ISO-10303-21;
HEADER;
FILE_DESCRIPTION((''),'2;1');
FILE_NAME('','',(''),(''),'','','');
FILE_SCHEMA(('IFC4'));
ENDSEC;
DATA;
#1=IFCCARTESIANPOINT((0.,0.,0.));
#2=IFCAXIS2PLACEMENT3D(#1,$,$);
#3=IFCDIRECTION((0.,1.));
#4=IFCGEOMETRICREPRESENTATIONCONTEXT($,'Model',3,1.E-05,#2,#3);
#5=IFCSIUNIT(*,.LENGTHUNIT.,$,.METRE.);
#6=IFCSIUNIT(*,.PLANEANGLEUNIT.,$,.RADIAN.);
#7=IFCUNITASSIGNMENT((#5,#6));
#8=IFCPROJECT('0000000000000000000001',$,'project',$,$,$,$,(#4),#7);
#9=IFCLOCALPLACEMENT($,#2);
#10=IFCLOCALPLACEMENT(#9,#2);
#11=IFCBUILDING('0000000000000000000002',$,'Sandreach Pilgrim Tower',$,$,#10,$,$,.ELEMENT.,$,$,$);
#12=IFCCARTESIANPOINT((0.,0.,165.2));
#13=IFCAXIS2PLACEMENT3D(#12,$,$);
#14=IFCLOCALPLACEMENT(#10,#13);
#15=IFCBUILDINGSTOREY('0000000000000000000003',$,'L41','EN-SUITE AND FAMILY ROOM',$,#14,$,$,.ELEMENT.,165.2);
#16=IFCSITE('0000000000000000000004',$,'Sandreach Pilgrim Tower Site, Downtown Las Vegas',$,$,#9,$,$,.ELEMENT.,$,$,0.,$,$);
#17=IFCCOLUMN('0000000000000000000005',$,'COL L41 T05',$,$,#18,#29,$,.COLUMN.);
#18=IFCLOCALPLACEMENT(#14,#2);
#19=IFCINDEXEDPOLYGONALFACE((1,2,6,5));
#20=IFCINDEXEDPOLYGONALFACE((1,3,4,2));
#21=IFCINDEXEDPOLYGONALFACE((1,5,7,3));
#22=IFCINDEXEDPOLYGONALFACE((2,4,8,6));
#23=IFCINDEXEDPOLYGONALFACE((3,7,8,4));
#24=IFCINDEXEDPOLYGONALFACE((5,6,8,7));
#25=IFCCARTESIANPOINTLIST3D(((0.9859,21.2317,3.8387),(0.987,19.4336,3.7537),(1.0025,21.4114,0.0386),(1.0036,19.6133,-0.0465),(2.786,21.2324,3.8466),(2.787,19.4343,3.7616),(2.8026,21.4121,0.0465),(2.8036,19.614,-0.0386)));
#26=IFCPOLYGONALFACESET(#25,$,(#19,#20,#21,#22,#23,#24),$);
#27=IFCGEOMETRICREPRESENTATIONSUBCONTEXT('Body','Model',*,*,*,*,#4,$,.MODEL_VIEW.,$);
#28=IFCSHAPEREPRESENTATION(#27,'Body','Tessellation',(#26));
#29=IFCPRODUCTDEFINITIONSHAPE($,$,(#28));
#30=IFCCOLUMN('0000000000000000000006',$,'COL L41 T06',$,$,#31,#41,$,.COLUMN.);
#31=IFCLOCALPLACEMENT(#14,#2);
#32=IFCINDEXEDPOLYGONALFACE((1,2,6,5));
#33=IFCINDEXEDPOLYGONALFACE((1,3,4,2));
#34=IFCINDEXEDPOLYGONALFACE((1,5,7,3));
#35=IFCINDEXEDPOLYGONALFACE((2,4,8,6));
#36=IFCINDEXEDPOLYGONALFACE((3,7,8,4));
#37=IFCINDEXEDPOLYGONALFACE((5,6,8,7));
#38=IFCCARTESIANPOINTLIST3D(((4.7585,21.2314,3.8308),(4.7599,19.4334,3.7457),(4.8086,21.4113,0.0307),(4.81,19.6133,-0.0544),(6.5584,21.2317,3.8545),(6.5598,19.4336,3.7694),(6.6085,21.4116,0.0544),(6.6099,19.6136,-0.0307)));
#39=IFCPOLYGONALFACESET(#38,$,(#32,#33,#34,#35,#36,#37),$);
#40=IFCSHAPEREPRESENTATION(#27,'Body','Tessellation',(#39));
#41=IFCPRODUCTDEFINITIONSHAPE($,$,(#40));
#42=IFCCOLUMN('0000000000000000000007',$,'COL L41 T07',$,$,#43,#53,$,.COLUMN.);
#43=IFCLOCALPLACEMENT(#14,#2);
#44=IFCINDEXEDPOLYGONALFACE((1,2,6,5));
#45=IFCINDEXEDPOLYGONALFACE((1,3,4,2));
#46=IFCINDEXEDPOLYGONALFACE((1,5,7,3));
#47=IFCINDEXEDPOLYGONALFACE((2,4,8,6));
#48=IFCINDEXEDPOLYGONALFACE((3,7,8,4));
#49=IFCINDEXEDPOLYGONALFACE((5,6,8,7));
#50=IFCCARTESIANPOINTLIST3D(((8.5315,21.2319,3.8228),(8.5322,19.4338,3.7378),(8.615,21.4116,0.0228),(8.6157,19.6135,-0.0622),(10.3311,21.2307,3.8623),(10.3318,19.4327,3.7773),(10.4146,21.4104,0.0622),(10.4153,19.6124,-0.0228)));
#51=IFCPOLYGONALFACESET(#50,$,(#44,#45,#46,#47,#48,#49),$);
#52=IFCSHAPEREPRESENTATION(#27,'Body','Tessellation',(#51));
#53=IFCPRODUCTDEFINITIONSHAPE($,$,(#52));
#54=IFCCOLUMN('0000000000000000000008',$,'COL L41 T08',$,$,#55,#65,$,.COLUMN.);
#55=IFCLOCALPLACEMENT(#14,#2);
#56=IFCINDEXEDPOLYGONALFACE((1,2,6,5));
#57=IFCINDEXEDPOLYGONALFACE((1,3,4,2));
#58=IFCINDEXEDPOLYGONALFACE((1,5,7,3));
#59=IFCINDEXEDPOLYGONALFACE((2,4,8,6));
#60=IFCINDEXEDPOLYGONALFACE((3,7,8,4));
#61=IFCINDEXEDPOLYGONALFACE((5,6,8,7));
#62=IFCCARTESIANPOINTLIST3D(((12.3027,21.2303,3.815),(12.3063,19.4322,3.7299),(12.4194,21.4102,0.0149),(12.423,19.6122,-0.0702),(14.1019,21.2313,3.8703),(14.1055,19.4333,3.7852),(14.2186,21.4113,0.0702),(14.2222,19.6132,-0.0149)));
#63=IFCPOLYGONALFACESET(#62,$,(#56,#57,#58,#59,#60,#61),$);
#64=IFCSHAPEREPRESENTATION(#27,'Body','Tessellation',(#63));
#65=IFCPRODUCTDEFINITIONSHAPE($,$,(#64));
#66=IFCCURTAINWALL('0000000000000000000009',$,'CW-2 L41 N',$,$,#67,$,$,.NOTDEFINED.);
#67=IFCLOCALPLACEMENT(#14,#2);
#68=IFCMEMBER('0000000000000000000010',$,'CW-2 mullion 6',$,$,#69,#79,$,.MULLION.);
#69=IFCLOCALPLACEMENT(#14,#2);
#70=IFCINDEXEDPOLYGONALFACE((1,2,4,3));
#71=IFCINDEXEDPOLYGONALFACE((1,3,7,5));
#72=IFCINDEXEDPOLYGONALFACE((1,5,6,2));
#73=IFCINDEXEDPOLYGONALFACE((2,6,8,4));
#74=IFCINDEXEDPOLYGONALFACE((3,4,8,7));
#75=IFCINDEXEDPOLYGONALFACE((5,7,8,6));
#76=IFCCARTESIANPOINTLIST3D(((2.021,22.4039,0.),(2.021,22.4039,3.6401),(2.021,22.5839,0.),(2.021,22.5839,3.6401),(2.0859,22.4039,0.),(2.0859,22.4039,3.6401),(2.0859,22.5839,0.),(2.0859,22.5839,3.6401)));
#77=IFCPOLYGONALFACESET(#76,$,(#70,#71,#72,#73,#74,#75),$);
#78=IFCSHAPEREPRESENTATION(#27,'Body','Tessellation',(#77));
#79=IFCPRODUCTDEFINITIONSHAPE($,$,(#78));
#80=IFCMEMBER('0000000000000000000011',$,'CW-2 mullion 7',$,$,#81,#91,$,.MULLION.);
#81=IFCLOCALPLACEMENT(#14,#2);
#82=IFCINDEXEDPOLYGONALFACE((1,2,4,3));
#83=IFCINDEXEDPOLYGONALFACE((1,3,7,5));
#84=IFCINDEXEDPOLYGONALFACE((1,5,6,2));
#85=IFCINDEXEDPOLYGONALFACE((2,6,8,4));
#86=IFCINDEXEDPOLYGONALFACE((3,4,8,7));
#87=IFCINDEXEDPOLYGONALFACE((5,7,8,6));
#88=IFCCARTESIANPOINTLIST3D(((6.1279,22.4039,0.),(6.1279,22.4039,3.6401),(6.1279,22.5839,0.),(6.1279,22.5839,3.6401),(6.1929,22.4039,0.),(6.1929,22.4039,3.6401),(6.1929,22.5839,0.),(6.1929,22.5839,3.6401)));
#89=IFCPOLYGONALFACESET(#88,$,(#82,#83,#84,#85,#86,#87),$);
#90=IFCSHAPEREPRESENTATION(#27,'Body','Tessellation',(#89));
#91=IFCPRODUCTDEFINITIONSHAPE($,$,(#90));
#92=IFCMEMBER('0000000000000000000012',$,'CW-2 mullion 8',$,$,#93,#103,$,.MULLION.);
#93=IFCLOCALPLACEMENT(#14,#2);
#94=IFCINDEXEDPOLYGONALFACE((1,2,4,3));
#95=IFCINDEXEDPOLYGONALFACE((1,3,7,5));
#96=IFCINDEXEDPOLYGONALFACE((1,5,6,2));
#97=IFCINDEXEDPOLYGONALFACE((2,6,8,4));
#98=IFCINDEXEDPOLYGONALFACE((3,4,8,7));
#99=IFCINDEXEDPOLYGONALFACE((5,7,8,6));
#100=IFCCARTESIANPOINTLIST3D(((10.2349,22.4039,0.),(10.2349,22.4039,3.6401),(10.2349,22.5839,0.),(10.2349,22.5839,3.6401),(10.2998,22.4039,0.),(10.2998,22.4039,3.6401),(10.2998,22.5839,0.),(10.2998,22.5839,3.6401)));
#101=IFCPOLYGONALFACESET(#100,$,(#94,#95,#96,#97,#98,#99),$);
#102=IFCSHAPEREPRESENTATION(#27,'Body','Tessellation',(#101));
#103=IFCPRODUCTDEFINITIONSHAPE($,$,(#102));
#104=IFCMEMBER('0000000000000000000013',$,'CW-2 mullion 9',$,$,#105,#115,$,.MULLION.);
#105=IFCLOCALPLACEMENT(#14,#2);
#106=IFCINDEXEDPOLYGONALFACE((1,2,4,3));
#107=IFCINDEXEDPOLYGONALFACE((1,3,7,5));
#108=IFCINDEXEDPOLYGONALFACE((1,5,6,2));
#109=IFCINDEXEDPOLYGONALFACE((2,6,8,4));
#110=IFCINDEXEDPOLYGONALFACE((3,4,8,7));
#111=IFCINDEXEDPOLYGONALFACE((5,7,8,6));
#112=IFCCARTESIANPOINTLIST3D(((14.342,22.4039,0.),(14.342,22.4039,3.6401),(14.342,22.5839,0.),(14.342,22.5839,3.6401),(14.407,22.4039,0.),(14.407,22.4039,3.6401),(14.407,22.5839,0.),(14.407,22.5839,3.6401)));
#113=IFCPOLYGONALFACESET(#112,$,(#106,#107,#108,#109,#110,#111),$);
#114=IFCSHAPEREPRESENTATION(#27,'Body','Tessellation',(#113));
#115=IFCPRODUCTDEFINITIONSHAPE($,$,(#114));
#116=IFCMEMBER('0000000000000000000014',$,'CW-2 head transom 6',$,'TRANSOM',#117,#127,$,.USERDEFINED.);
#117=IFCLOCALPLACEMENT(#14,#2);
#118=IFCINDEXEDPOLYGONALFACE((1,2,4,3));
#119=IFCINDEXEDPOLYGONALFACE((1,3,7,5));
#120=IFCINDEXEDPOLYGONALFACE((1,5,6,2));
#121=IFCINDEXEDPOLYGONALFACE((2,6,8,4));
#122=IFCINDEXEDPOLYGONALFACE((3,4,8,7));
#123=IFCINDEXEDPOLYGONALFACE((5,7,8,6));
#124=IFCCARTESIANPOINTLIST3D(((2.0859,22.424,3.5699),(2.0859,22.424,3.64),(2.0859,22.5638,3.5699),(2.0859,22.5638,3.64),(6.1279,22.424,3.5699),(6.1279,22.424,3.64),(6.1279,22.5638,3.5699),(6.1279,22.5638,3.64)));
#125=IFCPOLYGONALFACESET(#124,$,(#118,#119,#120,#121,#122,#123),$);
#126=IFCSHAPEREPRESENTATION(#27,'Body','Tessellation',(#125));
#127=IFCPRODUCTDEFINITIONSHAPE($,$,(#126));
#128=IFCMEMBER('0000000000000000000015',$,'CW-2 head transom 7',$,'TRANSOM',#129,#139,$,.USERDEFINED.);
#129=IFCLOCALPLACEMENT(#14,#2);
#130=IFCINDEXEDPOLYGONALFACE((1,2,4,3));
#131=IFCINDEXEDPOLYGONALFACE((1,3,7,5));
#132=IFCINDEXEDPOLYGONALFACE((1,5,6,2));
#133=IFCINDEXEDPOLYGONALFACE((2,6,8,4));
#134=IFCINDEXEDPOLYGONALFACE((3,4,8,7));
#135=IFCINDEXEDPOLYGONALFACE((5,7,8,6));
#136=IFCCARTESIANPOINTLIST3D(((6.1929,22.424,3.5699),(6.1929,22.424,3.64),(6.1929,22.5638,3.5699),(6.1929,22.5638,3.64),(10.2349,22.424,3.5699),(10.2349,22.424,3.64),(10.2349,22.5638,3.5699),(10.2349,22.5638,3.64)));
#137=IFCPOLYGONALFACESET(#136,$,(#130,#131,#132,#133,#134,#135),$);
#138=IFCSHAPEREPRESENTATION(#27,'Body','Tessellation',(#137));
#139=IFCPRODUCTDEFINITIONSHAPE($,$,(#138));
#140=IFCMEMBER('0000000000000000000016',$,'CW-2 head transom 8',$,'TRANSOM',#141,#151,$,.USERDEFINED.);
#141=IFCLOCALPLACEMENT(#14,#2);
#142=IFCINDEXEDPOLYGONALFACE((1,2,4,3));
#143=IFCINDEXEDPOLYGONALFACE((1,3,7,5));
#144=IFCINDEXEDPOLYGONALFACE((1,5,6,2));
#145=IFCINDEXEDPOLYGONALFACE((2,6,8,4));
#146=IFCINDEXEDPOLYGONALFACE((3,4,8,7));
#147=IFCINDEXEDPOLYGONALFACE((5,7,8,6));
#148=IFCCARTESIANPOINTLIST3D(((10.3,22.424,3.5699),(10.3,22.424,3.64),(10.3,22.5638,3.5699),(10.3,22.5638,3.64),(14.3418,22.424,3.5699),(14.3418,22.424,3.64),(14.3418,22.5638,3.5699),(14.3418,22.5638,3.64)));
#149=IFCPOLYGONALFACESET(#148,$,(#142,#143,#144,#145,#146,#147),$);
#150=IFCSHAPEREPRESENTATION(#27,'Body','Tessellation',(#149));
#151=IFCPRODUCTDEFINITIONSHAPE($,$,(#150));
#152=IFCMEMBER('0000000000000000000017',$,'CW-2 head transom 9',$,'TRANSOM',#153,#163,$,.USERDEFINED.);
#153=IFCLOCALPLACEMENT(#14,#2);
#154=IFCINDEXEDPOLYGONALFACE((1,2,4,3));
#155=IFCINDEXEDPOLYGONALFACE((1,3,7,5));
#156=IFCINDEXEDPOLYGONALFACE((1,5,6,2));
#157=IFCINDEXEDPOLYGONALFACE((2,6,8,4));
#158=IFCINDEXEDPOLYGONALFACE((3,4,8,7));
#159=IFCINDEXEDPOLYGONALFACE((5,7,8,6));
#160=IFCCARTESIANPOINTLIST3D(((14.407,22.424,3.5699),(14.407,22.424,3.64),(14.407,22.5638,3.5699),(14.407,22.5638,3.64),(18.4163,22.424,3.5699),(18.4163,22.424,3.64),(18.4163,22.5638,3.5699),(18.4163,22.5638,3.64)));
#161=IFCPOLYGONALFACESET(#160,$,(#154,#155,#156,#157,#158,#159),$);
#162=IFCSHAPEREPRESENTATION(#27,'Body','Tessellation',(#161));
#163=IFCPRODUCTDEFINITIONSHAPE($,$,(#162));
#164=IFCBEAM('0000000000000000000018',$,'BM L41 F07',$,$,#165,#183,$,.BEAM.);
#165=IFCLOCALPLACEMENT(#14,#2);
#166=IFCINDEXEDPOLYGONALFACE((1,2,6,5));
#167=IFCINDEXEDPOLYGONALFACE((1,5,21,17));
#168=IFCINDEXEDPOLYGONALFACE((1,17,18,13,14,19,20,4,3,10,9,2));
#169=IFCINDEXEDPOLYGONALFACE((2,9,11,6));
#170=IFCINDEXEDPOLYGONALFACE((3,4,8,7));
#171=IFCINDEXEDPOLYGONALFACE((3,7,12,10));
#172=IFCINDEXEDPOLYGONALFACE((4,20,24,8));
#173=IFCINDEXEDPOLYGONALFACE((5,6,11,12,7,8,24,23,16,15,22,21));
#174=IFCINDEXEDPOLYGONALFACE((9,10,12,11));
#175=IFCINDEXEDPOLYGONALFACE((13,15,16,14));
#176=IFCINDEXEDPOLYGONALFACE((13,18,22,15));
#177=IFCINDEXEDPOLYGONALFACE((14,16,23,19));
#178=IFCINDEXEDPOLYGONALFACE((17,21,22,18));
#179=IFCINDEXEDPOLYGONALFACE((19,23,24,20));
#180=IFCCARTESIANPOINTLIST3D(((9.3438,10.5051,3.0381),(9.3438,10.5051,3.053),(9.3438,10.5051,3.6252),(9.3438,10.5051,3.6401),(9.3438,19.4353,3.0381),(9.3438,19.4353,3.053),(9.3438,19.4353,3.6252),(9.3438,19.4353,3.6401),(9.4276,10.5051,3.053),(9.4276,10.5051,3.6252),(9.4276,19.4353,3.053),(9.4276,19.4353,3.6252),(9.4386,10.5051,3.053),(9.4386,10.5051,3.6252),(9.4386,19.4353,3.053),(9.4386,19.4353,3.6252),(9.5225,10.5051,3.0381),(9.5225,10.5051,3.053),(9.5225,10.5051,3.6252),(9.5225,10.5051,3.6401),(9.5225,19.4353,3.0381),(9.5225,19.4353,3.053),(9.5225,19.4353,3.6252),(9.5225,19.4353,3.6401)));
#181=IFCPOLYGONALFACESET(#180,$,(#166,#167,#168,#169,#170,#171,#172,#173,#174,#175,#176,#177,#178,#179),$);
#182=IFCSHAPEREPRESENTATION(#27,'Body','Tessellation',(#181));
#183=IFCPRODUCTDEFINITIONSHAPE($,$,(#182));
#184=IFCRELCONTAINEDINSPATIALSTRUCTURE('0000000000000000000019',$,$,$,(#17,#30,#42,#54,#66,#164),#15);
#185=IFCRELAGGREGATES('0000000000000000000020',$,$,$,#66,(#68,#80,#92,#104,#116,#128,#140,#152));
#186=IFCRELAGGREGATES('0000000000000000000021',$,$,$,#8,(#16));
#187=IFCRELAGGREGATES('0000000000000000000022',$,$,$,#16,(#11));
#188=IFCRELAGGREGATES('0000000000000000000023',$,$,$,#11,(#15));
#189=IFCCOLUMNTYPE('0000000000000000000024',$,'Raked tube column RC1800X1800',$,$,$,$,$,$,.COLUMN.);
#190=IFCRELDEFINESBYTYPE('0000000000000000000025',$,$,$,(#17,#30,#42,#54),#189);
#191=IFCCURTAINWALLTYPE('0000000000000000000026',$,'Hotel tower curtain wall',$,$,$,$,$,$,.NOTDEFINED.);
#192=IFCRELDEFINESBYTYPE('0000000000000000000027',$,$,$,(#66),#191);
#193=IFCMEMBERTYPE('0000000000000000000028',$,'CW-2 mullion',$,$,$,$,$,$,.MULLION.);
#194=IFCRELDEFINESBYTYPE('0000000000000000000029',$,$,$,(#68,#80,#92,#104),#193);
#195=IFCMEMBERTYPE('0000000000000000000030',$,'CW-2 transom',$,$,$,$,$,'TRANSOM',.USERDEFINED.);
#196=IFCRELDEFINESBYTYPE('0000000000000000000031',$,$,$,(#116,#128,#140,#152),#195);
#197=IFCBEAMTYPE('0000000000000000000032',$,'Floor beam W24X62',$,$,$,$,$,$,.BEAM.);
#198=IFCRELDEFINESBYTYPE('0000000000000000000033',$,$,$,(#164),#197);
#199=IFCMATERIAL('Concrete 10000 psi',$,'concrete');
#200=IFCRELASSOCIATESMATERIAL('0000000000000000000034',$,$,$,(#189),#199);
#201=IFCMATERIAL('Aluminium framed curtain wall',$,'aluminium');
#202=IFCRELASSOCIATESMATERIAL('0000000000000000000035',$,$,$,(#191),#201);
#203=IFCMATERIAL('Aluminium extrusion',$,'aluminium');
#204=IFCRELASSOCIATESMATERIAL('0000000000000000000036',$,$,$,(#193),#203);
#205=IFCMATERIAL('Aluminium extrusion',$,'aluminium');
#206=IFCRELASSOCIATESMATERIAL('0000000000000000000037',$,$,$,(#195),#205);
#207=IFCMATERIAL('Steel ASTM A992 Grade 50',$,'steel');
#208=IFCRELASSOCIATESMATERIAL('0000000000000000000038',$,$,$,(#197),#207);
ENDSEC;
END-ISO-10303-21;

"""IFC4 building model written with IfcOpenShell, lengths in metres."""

from ifc_helpers import new_model, si_unit, direction, frame, origin, origin_2d, place, context, subcontext, project, spatial, rectangle, i_section, extrude, material, material_profile, profile_set, type_object, element, aggregate, save


model = new_model("IFC4")

# Units and contexts
model_context = context("Model", 3, precision=1e-05, world=origin(), true_north=direction((0.0, 1.0)))
body_context = subcontext(model_context, "Body", "Model", "MODEL_VIEW")
ifc_project = project(units=[si_unit("LENGTHUNIT", "METRE"), si_unit("PLANEANGLEUNIT", "RADIAN")], contexts=[model_context])

# Site, building, storey
site_placement = place(None, origin())
site = spatial("IfcSite", under=ifc_project, at=site_placement, Name="Sandreach Pilgrim Tower Site, Downtown Las Vegas", CompositionType="ELEMENT", RefElevation=0.0)
building_placement = place(site_placement, origin())
building = spatial("IfcBuilding", under=site, at=building_placement, Name="Sandreach Pilgrim Tower", CompositionType="ELEMENT")
storey_placement = place(building_placement, frame((0.0, 0.0, 165.2)))
storey = spatial("IfcBuildingStorey", under=building, at=storey_placement, Name="L41", Description="EN-SUITE AND FAMILY ROOM", CompositionType="ELEMENT", Elevation=165.2)

# Columns
ifc_material_1 = material(Name="Concrete 10000 psi", Category="concrete")
ifc_material_profile_1 = material_profile(ifc_material_1, rectangle(XDim=1.8, YDim=1.8, at=origin_2d()), Name="RC1800X1800")
ifc_profile_set_1 = profile_set([ifc_material_profile_1], Name="Concrete 10000 psi")
column_type = type_object("IfcColumnType", Name="Raked tube column RC1800X1800", PredefinedType="COLUMN", material=ifc_profile_set_1)
column_1_placement = place(storey_placement, frame((1.9031, 20.5127, 0.0), z_axis=(-0.004364, -0.047232, 0.998874), x_axis=(-0.000588, 0.998884, 0.04723)))
element("IfcColumn", 1, at=column_1_placement, inside=storey, type_object=column_type, Name="COL L41 T05", PredefinedType="COLUMN", context=body_context, shape_type="SweptSolid", body=[
    extrude(rectangle(XDim=1.8, YDim=1.8, at=origin_2d()), origin(), (0.0, 0.0, 1.0), 3.8044),
])
column_2_placement = place(storey_placement, frame((5.7092, 20.5125, 0.0), z_axis=(-0.013155, -0.047293, 0.998794), x_axis=(-0.000782, 0.998881, 0.047287)))
element("IfcColumn", 2, at=column_2_placement, inside=storey, type_object=column_type, Name="COL L41 T06", PredefinedType="COLUMN", context=body_context, shape_type="SweptSolid", body=[
    extrude(rectangle(XDim=1.8, YDim=1.8, at=origin_2d()), origin(), (0.0, 0.0, 1.0), 3.8047),
])
column_3_placement = place(storey_placement, frame((9.5151, 20.512, 0.0), z_axis=(-0.021943, -0.047221, 0.998643), x_axis=(-0.000382, 0.998884, 0.047224)))
element("IfcColumn", 3, at=column_3_placement, inside=storey, type_object=column_type, Name="COL L41 T07", PredefinedType="COLUMN", context=body_context, shape_type="SweptSolid", body=[
    extrude(rectangle(XDim=1.8, YDim=1.8, at=origin_2d()), origin(), (0.0, 0.0, 1.0), 3.8052),
])
column_4_placement = place(storey_placement, frame((13.3208, 20.5117, 0.0), z_axis=(-0.030661, -0.047275, 0.998411), x_axis=(-0.002051, 0.998882, 0.047234)))
element("IfcColumn", 4, at=column_4_placement, inside=storey, type_object=column_type, Name="COL L41 T08", PredefinedType="COLUMN", context=body_context, shape_type="SweptSolid", body=[
    extrude(rectangle(XDim=1.8, YDim=1.8, at=origin_2d()), origin(), (0.0, 0.0, 1.0), 3.8062),
])

# Curtain wall, members
ifc_material_2 = material(Name="Aluminium framed curtain wall", Category="aluminium")
curtain_wall_type = type_object("IfcCurtainWallType", Name="Hotel tower curtain wall", PredefinedType="NOTDEFINED", material=ifc_material_2)
curtain_wall_placement = place(storey_placement, origin())
curtain_wall = element("IfcCurtainWall", 5, at=curtain_wall_placement, inside=storey, type_object=curtain_wall_type, Name="CW-2 L41 N", PredefinedType="NOTDEFINED")
ifc_material_3 = material(Name="Aluminium extrusion", Category="aluminium")
ifc_material_profile_2 = material_profile(ifc_material_3, rectangle(XDim=0.0649, YDim=0.1799, at=origin_2d()), Name="CW-2M 65X180")
ifc_profile_set_2 = profile_set([ifc_material_profile_2], Name="Aluminium extrusion")
member_type_1 = type_object("IfcMemberType", Name="CW-2 mullion", PredefinedType="MULLION", material=ifc_profile_set_2)
member_1_placement = place(storey_placement, frame((2.0535, 22.4939, 0.0), z_axis=(0.0, 0.0, 1.0), x_axis=(1.0, 0.0, 0.0)))
member_1 = element("IfcMember", 6, at=member_1_placement, type_object=member_type_1, Name="CW-2 mullion 6", PredefinedType="MULLION", context=body_context, shape_type="SweptSolid", body=[
    extrude(rectangle(XDim=0.0649, YDim=0.1799, at=origin_2d()), origin(), (0.0, 0.0, 1.0), 3.6401),
])
member_2_placement = place(storey_placement, frame((6.1604, 22.4939, 0.0), z_axis=(0.0, 0.0, 1.0), x_axis=(1.0, 0.0, 0.0)))
member_2 = element("IfcMember", 7, at=member_2_placement, type_object=member_type_1, Name="CW-2 mullion 7", PredefinedType="MULLION", context=body_context, shape_type="SweptSolid", body=[
    extrude(rectangle(XDim=0.0649, YDim=0.1799, at=origin_2d()), origin(), (0.0, 0.0, 1.0), 3.6401),
])
member_3_placement = place(storey_placement, frame((10.2673, 22.4939, 0.0), z_axis=(0.0, 0.0, 1.0), x_axis=(1.0, 0.0, 0.0)))
member_3 = element("IfcMember", 8, at=member_3_placement, type_object=member_type_1, Name="CW-2 mullion 8", PredefinedType="MULLION", context=body_context, shape_type="SweptSolid", body=[
    extrude(rectangle(XDim=0.0649, YDim=0.1799, at=origin_2d()), origin(), (0.0, 0.0, 1.0), 3.6401),
])
member_4_placement = place(storey_placement, frame((14.3745, 22.4939, 0.0), z_axis=(0.0, 0.0, 1.0), x_axis=(1.0, 0.0, 0.0)))
member_4 = element("IfcMember", 9, at=member_4_placement, type_object=member_type_1, Name="CW-2 mullion 9", PredefinedType="MULLION", context=body_context, shape_type="SweptSolid", body=[
    extrude(rectangle(XDim=0.0649, YDim=0.1799, at=origin_2d()), origin(), (0.0, 0.0, 1.0), 3.6401),
])
ifc_material_4 = material(Name="Aluminium extrusion", Category="aluminium")
ifc_material_profile_3 = material_profile(ifc_material_4, rectangle(XDim=0.1399, YDim=0.0701, at=origin_2d()), Name="CW-2T 140X70")
ifc_profile_set_3 = profile_set([ifc_material_profile_3], Name="Aluminium extrusion")
member_type_2 = type_object("IfcMemberType", Name="CW-2 transom", ElementType="TRANSOM", PredefinedType="USERDEFINED", material=ifc_profile_set_3)
member_5_placement = place(storey_placement, frame((2.0859, 22.4939, 3.605), z_axis=(1.0, 0.0, 0.0), x_axis=(0.0, 1.0, 0.0)))
member_5 = element("IfcMember", 10, at=member_5_placement, type_object=member_type_2, Name="CW-2 head transom 6", ObjectType="TRANSOM", PredefinedType="USERDEFINED", context=body_context, shape_type="SweptSolid", body=[
    extrude(rectangle(XDim=0.1399, YDim=0.0701, at=origin_2d()), origin(), (0.0, 0.0, 1.0), 4.042),
])
member_6_placement = place(storey_placement, frame((6.1929, 22.4939, 3.605), z_axis=(1.0, 0.0, 0.0), x_axis=(0.0, 1.0, 0.0)))
member_6 = element("IfcMember", 11, at=member_6_placement, type_object=member_type_2, Name="CW-2 head transom 7", ObjectType="TRANSOM", PredefinedType="USERDEFINED", context=body_context, shape_type="SweptSolid", body=[
    extrude(rectangle(XDim=0.1399, YDim=0.0701, at=origin_2d()), origin(), (0.0, 0.0, 1.0), 4.042),
])
member_7_placement = place(storey_placement, frame((10.3, 22.4939, 3.605), z_axis=(1.0, 0.0, 0.0), x_axis=(0.0, 1.0, 0.0)))
member_7 = element("IfcMember", 12, at=member_7_placement, type_object=member_type_2, Name="CW-2 head transom 8", ObjectType="TRANSOM", PredefinedType="USERDEFINED", context=body_context, shape_type="SweptSolid", body=[
    extrude(rectangle(XDim=0.1399, YDim=0.0701, at=origin_2d()), origin(), (0.0, 0.0, 1.0), 4.0417),
])
member_8_placement = place(storey_placement, frame((14.407, 22.4939, 3.605), z_axis=(1.0, 0.0, 0.0), x_axis=(0.0, 1.0, 0.0)))
member_8 = element("IfcMember", 13, at=member_8_placement, type_object=member_type_2, Name="CW-2 head transom 9", ObjectType="TRANSOM", PredefinedType="USERDEFINED", context=body_context, shape_type="SweptSolid", body=[
    extrude(rectangle(XDim=0.1399, YDim=0.0701, at=origin_2d()), origin(), (0.0, 0.0, 1.0), 4.0093),
])

# Beam
ifc_material_5 = material(Name="Steel ASTM A992 Grade 50", Category="steel")
ifc_material_profile_4 = material_profile(ifc_material_5, i_section(OverallWidth=0.1787, OverallDepth=0.6021, WebThickness=0.011, FlangeThickness=0.0149, at=origin_2d()), Name="W24X62")
ifc_profile_set_4 = profile_set([ifc_material_profile_4], Name="Steel ASTM A992 Grade 50")
beam_type_1 = type_object("IfcBeamType", Name="Floor beam W24X62", PredefinedType="BEAM", material=ifc_profile_set_4)
beam_1_placement = place(storey_placement, frame((9.4331, 19.4353, 3.3391), z_axis=(0.0, -1.0, 0.0), x_axis=(1.0, 0.0, 0.0)))
element("IfcBeam", 14, at=beam_1_placement, inside=storey, type_object=beam_type_1, Name="BM L41 F07", PredefinedType="BEAM", context=body_context, shape_type="SweptSolid", body=[
    extrude(i_section(OverallWidth=0.1787, OverallDepth=0.6021, WebThickness=0.011, FlangeThickness=0.0149, at=origin_2d()), origin(), (0.0, 0.0, 1.0), 8.9302),
])

aggregate(curtain_wall, [member_1, member_2, member_3, member_4, member_5, member_6, member_7, member_8])

save(model, "model.ifc")
